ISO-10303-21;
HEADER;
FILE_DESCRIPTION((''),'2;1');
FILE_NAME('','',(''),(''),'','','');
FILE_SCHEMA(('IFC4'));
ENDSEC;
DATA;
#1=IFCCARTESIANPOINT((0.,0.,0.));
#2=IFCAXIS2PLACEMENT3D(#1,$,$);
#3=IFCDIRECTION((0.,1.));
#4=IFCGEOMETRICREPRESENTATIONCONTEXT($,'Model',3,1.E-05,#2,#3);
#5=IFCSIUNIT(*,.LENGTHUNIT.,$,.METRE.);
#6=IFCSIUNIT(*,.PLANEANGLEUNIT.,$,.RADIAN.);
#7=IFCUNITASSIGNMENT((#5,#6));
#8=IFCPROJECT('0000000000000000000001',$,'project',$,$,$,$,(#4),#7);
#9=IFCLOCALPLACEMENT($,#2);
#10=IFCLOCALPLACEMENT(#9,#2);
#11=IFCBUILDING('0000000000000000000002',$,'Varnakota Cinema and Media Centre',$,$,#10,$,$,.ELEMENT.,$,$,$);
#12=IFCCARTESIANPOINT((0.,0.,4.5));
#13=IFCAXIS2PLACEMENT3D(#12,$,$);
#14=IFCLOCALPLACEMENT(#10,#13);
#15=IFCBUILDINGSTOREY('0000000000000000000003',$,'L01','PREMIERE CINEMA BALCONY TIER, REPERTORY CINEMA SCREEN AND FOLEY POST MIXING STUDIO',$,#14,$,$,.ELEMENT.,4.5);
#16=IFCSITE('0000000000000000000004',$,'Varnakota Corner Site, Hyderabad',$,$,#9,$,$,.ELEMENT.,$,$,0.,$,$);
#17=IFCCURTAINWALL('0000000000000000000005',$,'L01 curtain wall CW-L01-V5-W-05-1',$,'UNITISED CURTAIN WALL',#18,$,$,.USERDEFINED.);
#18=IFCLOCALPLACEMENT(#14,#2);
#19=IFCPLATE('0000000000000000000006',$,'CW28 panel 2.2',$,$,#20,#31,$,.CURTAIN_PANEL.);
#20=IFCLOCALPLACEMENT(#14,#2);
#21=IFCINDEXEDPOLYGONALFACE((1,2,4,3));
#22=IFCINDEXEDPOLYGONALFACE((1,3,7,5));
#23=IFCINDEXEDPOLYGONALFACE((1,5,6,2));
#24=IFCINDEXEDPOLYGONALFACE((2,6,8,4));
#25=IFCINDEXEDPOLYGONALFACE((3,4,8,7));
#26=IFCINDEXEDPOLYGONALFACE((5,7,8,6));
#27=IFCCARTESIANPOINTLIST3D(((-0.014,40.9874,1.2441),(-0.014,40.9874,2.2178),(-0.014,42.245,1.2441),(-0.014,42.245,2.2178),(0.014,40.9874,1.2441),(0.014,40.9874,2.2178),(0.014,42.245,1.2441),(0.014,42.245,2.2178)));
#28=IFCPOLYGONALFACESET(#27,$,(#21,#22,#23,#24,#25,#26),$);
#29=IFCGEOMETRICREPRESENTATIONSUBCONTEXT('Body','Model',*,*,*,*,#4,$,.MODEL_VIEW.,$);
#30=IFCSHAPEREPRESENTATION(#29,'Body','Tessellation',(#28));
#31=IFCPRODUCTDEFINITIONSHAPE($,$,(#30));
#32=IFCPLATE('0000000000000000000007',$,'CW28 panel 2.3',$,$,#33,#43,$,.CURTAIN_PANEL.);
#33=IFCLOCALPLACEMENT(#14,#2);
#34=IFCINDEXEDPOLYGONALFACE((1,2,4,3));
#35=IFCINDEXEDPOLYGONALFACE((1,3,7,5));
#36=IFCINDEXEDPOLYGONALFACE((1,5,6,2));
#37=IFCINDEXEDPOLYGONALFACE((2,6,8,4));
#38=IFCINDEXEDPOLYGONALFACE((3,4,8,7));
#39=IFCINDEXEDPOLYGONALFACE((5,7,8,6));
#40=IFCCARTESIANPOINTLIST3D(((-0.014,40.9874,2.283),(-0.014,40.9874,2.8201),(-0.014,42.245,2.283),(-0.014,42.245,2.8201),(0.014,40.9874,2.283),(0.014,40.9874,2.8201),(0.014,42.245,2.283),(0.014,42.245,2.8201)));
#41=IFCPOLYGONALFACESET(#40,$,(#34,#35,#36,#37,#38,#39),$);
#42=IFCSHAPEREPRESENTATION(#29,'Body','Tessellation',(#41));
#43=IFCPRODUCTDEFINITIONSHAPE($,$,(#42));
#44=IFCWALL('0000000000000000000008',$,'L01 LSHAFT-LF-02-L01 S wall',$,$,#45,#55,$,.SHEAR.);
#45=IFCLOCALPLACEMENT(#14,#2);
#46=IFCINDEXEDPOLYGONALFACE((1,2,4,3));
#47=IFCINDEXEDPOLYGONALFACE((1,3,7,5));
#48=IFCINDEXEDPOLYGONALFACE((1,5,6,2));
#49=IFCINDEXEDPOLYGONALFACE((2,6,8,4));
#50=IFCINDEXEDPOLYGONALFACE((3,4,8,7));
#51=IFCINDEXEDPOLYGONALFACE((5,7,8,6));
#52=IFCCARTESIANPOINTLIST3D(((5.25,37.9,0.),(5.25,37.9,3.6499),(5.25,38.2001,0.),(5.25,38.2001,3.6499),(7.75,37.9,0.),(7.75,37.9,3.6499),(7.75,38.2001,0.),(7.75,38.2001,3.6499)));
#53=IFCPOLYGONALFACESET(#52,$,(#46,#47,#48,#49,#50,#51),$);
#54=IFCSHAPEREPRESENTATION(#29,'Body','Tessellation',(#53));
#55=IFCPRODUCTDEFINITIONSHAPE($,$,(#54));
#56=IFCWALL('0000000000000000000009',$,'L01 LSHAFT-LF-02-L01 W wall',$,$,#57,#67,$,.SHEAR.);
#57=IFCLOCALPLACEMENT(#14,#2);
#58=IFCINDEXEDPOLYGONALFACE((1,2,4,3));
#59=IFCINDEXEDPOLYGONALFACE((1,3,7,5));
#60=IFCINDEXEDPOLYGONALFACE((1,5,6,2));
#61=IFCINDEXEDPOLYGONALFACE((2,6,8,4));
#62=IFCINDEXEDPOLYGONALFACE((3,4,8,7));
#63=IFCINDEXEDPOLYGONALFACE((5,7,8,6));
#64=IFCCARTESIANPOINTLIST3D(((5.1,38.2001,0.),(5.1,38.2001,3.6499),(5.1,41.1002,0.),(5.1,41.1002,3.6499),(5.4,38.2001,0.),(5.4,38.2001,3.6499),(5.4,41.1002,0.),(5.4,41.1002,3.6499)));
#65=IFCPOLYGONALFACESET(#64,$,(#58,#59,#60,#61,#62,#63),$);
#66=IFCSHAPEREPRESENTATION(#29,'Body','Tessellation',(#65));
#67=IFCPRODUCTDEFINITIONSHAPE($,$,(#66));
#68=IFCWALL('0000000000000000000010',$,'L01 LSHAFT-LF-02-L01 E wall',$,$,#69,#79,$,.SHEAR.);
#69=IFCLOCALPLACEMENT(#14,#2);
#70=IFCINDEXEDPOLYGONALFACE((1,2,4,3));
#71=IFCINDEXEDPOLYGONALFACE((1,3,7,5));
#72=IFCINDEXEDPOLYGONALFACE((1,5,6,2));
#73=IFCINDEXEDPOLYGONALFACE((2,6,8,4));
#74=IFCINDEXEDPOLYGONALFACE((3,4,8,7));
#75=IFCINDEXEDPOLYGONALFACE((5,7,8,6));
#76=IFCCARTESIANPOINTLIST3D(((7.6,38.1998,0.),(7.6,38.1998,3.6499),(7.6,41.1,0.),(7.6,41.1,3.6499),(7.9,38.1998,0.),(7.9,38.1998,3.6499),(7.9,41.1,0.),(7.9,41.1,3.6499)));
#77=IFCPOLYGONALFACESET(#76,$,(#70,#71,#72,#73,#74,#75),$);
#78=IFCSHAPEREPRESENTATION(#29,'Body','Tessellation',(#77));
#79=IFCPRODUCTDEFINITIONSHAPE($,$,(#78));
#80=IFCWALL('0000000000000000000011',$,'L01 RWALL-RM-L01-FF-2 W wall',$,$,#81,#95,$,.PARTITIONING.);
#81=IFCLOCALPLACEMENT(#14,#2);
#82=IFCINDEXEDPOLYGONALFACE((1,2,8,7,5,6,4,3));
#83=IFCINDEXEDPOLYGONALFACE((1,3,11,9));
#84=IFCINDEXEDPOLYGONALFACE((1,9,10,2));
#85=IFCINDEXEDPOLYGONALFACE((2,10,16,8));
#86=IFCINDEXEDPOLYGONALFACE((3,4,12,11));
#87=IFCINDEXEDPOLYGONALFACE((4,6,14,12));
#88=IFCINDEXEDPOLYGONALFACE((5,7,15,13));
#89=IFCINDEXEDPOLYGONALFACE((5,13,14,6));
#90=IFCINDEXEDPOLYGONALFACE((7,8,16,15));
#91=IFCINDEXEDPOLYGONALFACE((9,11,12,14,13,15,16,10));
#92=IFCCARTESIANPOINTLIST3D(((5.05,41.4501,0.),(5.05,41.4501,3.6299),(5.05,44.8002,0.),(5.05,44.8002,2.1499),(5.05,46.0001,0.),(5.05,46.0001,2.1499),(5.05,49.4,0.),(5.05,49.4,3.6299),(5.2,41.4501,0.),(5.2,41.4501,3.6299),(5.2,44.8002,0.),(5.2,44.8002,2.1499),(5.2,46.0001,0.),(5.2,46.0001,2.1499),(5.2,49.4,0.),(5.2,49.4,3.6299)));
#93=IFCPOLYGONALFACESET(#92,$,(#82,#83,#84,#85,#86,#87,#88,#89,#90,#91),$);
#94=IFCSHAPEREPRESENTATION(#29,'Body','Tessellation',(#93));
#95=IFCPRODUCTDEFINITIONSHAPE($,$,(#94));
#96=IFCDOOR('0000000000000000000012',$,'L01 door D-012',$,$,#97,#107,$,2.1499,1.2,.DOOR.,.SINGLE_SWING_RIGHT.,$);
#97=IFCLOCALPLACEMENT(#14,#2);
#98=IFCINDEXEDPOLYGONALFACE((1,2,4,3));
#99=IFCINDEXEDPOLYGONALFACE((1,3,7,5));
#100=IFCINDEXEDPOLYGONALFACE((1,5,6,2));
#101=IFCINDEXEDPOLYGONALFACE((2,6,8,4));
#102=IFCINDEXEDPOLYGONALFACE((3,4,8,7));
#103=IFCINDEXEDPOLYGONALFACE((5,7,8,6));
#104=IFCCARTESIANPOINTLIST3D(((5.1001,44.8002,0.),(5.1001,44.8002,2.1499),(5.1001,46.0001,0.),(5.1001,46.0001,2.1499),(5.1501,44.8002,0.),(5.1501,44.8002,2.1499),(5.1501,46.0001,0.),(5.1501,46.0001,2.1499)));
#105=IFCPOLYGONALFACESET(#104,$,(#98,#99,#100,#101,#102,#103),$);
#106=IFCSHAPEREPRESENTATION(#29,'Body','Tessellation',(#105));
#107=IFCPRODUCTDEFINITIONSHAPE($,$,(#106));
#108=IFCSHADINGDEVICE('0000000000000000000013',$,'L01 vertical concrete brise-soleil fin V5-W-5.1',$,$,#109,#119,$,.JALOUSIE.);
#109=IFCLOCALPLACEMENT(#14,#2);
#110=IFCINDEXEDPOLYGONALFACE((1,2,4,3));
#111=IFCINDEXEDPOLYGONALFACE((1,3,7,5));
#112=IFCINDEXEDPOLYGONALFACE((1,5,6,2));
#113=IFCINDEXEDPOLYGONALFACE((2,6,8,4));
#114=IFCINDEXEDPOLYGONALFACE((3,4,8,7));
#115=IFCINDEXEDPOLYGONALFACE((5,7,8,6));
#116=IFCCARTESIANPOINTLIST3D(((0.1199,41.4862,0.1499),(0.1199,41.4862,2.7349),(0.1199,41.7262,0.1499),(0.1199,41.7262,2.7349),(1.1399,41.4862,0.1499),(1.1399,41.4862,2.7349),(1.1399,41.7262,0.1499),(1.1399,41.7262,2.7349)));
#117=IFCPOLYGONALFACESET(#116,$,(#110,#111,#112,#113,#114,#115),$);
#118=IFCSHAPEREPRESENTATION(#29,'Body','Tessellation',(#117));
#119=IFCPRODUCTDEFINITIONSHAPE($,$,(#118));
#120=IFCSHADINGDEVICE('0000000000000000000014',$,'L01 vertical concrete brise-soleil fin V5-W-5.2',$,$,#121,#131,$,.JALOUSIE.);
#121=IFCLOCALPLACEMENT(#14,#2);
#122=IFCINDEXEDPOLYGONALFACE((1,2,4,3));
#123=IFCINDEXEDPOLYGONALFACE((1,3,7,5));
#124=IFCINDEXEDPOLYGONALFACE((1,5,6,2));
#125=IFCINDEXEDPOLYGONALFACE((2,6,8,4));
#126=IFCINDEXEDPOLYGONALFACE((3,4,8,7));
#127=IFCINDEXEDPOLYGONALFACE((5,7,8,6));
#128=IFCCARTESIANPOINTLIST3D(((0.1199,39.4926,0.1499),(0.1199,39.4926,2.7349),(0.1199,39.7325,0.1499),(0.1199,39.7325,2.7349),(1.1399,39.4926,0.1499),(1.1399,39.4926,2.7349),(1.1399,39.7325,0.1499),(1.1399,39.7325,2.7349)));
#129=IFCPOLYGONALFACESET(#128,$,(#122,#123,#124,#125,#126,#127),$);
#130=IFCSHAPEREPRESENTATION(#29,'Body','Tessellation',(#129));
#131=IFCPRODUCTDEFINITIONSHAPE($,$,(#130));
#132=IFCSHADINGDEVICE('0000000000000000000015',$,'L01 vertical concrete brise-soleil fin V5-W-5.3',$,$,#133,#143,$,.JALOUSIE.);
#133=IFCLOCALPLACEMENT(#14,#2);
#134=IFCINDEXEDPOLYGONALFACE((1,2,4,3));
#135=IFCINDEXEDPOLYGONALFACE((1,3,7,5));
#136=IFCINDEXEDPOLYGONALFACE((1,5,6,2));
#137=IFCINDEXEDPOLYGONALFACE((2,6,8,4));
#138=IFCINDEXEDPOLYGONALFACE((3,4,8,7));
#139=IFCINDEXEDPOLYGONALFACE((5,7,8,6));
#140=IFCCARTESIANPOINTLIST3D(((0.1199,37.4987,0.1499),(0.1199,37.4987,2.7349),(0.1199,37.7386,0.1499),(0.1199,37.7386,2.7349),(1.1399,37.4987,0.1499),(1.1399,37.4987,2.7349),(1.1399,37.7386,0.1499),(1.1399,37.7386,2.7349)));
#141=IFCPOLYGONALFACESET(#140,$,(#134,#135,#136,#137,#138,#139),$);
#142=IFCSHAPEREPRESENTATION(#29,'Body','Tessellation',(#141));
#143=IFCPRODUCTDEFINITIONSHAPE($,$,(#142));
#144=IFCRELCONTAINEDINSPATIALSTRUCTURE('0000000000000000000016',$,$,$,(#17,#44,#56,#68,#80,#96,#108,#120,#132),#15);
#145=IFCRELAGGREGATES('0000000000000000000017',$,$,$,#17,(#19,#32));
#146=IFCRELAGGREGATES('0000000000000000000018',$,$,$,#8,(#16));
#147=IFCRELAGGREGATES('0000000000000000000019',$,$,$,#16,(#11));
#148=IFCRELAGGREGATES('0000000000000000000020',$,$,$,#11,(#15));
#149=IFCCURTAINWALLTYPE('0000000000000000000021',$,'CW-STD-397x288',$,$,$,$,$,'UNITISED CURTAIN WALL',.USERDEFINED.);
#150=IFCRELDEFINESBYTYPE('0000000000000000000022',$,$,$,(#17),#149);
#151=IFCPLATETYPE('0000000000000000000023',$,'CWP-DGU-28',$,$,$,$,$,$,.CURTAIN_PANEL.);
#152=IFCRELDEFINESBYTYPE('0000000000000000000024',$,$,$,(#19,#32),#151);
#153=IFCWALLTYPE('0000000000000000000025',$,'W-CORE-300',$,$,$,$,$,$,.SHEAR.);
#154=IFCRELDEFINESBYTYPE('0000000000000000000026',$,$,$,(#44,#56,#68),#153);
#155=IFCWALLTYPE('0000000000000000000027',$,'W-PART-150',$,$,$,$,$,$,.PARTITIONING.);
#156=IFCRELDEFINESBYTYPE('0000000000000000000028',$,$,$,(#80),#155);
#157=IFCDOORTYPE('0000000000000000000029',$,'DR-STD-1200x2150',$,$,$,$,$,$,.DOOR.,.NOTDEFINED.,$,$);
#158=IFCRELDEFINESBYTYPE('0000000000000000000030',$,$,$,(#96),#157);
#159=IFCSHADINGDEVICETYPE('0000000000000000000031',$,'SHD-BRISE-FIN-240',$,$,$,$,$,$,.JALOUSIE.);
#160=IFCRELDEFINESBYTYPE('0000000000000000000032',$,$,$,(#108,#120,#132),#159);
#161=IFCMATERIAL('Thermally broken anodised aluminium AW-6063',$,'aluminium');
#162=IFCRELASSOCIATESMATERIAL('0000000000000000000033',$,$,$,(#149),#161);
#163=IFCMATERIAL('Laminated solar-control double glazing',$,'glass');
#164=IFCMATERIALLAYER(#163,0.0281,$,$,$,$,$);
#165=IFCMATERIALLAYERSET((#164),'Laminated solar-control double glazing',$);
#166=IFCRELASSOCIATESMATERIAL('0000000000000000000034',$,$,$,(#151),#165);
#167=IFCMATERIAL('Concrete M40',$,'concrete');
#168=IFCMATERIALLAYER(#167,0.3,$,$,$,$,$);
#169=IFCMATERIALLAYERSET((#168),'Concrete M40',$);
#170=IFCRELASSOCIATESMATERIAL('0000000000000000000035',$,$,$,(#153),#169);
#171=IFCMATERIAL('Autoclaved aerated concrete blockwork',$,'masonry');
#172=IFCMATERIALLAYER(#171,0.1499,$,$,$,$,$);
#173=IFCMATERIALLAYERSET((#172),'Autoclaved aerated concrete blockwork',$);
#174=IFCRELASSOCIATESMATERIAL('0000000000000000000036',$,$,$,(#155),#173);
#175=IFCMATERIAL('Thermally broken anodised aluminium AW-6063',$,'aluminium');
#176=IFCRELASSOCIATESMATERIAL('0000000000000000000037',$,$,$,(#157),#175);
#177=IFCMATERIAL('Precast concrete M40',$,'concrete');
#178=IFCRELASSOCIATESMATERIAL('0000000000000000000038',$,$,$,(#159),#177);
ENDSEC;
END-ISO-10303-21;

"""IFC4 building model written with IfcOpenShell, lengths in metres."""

from ifc_helpers import new_model, si_unit, direction, frame, frame_2d, origin, origin_2d, place, context, subcontext, project, spatial, rectangle, extrude, material, layer, layer_set, type_object, element, fill, aggregate, save


model = new_model("IFC4")

# Units and contexts
model_context = context("Model", 3, precision=1e-05, world=origin(), true_north=direction((0.0, 1.0)))
body_context = subcontext(model_context, "Body", "Model", "MODEL_VIEW")
ifc_project = project(units=[si_unit("LENGTHUNIT", "METRE"), si_unit("PLANEANGLEUNIT", "RADIAN")], contexts=[model_context])

# Site, building, storey
site_placement = place(None, origin())
site = spatial("IfcSite", under=ifc_project, at=site_placement, Name="Varnakota Corner Site, Hyderabad", CompositionType="ELEMENT", RefElevation=0.0)
building_placement = place(site_placement, origin())
building = spatial("IfcBuilding", under=site, at=building_placement, Name="Varnakota Cinema and Media Centre", CompositionType="ELEMENT")
storey_placement = place(building_placement, frame((0.0, 0.0, 4.5)))
storey = spatial("IfcBuildingStorey", under=building, at=storey_placement, Name="L01", Description="PREMIERE CINEMA BALCONY TIER, REPERTORY CINEMA SCREEN AND FOLEY POST MIXING STUDIO", CompositionType="ELEMENT", Elevation=4.5)

# Curtain wall, plates
ifc_material_1 = material(Name="Thermally broken anodised aluminium AW-6063", Category="aluminium")
curtain_wall_type = type_object("IfcCurtainWallType", Name="CW-STD-397x288", ElementType="UNITISED CURTAIN WALL", PredefinedType="USERDEFINED", material=ifc_material_1)
curtain_wall_placement = place(storey_placement, origin())
curtain_wall = element("IfcCurtainWall", 1, at=curtain_wall_placement, inside=storey, type_object=curtain_wall_type, Name="L01 curtain wall CW-L01-V5-W-05-1", ObjectType="UNITISED CURTAIN WALL", PredefinedType="USERDEFINED")
ifc_material_2 = material(Name="Laminated solar-control double glazing", Category="glass")
ifc_layer_1 = layer(ifc_material_2, 0.0281)
ifc_layer_set_1 = layer_set([ifc_layer_1], Name="Laminated solar-control double glazing")
plate_type = type_object("IfcPlateType", Name="CWP-DGU-28", PredefinedType="CURTAIN_PANEL", material=ifc_layer_set_1)
plate_1_placement = place(storey_placement, frame((0.0, 41.6162, 1.2441), z_axis=(0.0, 0.0, 1.0), x_axis=(0.0, -1.0, 0.0)))
plate_1 = element("IfcPlate", 2, at=plate_1_placement, type_object=plate_type, Name="CW28 panel 2.2", PredefinedType="CURTAIN_PANEL", context=body_context, shape_type="SweptSolid", body=[
    extrude(rectangle(XDim=1.2576, YDim=0.0281, at=origin_2d()), origin(), (0.0, 0.0, 1.0), 0.9736),
])
plate_2_placement = place(storey_placement, frame((0.0, 41.6162, 2.283), z_axis=(0.0, 0.0, 1.0), x_axis=(0.0, -1.0, 0.0)))
plate_2 = element("IfcPlate", 3, at=plate_2_placement, type_object=plate_type, Name="CW28 panel 2.3", PredefinedType="CURTAIN_PANEL", context=body_context, shape_type="SweptSolid", body=[
    extrude(rectangle(XDim=1.2576, YDim=0.0281, at=origin_2d()), origin(), (0.0, 0.0, 1.0), 0.5371),
])
aggregate(curtain_wall, [plate_1, plate_2])

# Walls
ifc_material_3 = material(Name="Concrete M40", Category="concrete")
ifc_layer_2 = layer(ifc_material_3, 0.3)
ifc_layer_set_2 = layer_set([ifc_layer_2], Name="Concrete M40")
wall_type_1 = type_object("IfcWallType", Name="W-CORE-300", PredefinedType="SHEAR", material=ifc_layer_set_2)
wall_1_placement = place(storey_placement, frame((7.75, 38.05, 0.0), z_axis=(0.0, 0.0, 1.0), x_axis=(-1.0, 0.0, 0.0)))
element("IfcWall", 4, at=wall_1_placement, inside=storey, type_object=wall_type_1, Name="L01 LSHAFT-LF-02-L01 S wall", PredefinedType="SHEAR", context=body_context, shape_type="SweptSolid", body=[
    extrude(rectangle(XDim=2.5, YDim=0.3, at=frame_2d((1.25, 0.0))), origin(), (0.0, 0.0, 1.0), 3.6499),
])
wall_2_placement = place(storey_placement, frame((5.25, 38.2, 0.0), z_axis=(0.0, 0.0, 1.0), x_axis=(0.0, 1.0, 0.0)))
element("IfcWall", 5, at=wall_2_placement, inside=storey, type_object=wall_type_1, Name="L01 LSHAFT-LF-02-L01 W wall", PredefinedType="SHEAR", context=body_context, shape_type="SweptSolid", body=[
    extrude(rectangle(XDim=2.9001, YDim=0.3, at=frame_2d((1.4502, 0.0))), origin(), (0.0, 0.0, 1.0), 3.6499),
])

# Wall
wall_3_placement = place(storey_placement, frame((7.75, 41.1001, 0.0), z_axis=(0.0, 0.0, 1.0), x_axis=(0.0, -1.0, 0.0)))
element("IfcWall", 6, at=wall_3_placement, inside=storey, type_object=wall_type_1, Name="L01 LSHAFT-LF-02-L01 E wall", PredefinedType="SHEAR", context=body_context, shape_type="SweptSolid", body=[
    extrude(rectangle(XDim=2.9001, YDim=0.3, at=frame_2d((1.4502, 0.0))), origin(), (0.0, 0.0, 1.0), 3.6499),
])

# Wall, opening, door
ifc_material_4 = material(Name="Autoclaved aerated concrete blockwork", Category="masonry")
ifc_layer_3 = layer(ifc_material_4, 0.1499)
ifc_layer_set_3 = layer_set([ifc_layer_3], Name="Autoclaved aerated concrete blockwork")
wall_type_2 = type_object("IfcWallType", Name="W-PART-150", PredefinedType="PARTITIONING", material=ifc_layer_set_3)
wall_4_placement = place(storey_placement, frame((5.125, 41.45, 0.0), z_axis=(0.0, 0.0, 1.0), x_axis=(0.0, 1.0, 0.0)))
wall_4 = element("IfcWall", 7, at=wall_4_placement, inside=storey, type_object=wall_type_2, Name="L01 RWALL-RM-L01-FF-2 W wall", PredefinedType="PARTITIONING", context=body_context, shape_type="SweptSolid", body=[
    extrude(rectangle(XDim=7.95, YDim=0.1499, at=frame_2d((3.9751, 0.0))), origin(), (0.0, 0.0, 1.0), 3.6299),
])
opening_1_placement = place(wall_4_placement, frame((3.3501, 0.0, 0.0)))
opening_1 = element("IfcOpeningElement", 8, at=opening_1_placement, cuts=wall_4, PredefinedType="OPENING", context=body_context, shape_type="SweptSolid", body=[
    extrude(rectangle(XDim=1.2, YDim=2.1499, at=frame_2d((0.6001, 1.075))), frame((0.0, 0.075, 0.0), z_axis=(0.0, -1.0, 0.0), x_axis=(1.0, 0.0, 0.0)), (0.0, 0.0, 1.0), 0.1499),
])
ifc_material_5 = material(Name="Thermally broken anodised aluminium AW-6063", Category="aluminium")
door_type_1 = type_object("IfcDoorType", Name="DR-STD-1200x2150", OperationType="NOTDEFINED", PredefinedType="DOOR", material=ifc_material_5)
door_1_placement = place(opening_1_placement, origin())
door_1 = element("IfcDoor", 9, at=door_1_placement, inside=storey, type_object=door_type_1, Name="L01 door D-012", OperationType="SINGLE_SWING_RIGHT", OverallHeight=2.1499, OverallWidth=1.2, PredefinedType="DOOR", context=body_context, shape_type="SweptSolid", body=[
    extrude(rectangle(XDim=1.2, YDim=2.1499, at=frame_2d((0.6001, 1.075))), frame((0.0, 0.0249, 0.0), z_axis=(0.0, -1.0, 0.0), x_axis=(1.0, 0.0, 0.0)), (0.0, 0.0, 1.0), 0.05),
])
fill(opening_1, door_1)

# Shading devices
ifc_material_6 = material(Name="Precast concrete M40", Category="concrete")
shading_device_type = type_object("IfcShadingDeviceType", Name="SHD-BRISE-FIN-240", PredefinedType="JALOUSIE", material=ifc_material_6)
for number, where, z_axis, x_axis, name in (
    (10, (0.6299, 41.6062, 0.1499), (0.0, 0.0, 1.0), (0.0, -1.0, 0.0), "L01 vertical concrete brise-soleil fin V5-W-5.1"),
    (11, (0.6299, 39.6125, 0.1499), (0.0, 0.0, 1.0), (0.0, -1.0, 0.0), "L01 vertical concrete brise-soleil fin V5-W-5.2"),
    (12, (0.6299, 37.6187, 0.1499), (0.0, 0.0, 1.0), (0.0, -1.0, 0.0), "L01 vertical concrete brise-soleil fin V5-W-5.3"),
):
    element("IfcShadingDevice", number, at=place(storey_placement, frame(where, z_axis=z_axis, x_axis=x_axis)), inside=storey, type_object=shading_device_type, Name=name, PredefinedType="JALOUSIE", context=body_context, shape_type="SweptSolid", body=[
        extrude(rectangle(XDim=0.24, YDim=1.02, at=origin_2d()), origin(), (0.0, 0.0, 1.0), 2.585),
    ])

save(model, "model.ifc")
